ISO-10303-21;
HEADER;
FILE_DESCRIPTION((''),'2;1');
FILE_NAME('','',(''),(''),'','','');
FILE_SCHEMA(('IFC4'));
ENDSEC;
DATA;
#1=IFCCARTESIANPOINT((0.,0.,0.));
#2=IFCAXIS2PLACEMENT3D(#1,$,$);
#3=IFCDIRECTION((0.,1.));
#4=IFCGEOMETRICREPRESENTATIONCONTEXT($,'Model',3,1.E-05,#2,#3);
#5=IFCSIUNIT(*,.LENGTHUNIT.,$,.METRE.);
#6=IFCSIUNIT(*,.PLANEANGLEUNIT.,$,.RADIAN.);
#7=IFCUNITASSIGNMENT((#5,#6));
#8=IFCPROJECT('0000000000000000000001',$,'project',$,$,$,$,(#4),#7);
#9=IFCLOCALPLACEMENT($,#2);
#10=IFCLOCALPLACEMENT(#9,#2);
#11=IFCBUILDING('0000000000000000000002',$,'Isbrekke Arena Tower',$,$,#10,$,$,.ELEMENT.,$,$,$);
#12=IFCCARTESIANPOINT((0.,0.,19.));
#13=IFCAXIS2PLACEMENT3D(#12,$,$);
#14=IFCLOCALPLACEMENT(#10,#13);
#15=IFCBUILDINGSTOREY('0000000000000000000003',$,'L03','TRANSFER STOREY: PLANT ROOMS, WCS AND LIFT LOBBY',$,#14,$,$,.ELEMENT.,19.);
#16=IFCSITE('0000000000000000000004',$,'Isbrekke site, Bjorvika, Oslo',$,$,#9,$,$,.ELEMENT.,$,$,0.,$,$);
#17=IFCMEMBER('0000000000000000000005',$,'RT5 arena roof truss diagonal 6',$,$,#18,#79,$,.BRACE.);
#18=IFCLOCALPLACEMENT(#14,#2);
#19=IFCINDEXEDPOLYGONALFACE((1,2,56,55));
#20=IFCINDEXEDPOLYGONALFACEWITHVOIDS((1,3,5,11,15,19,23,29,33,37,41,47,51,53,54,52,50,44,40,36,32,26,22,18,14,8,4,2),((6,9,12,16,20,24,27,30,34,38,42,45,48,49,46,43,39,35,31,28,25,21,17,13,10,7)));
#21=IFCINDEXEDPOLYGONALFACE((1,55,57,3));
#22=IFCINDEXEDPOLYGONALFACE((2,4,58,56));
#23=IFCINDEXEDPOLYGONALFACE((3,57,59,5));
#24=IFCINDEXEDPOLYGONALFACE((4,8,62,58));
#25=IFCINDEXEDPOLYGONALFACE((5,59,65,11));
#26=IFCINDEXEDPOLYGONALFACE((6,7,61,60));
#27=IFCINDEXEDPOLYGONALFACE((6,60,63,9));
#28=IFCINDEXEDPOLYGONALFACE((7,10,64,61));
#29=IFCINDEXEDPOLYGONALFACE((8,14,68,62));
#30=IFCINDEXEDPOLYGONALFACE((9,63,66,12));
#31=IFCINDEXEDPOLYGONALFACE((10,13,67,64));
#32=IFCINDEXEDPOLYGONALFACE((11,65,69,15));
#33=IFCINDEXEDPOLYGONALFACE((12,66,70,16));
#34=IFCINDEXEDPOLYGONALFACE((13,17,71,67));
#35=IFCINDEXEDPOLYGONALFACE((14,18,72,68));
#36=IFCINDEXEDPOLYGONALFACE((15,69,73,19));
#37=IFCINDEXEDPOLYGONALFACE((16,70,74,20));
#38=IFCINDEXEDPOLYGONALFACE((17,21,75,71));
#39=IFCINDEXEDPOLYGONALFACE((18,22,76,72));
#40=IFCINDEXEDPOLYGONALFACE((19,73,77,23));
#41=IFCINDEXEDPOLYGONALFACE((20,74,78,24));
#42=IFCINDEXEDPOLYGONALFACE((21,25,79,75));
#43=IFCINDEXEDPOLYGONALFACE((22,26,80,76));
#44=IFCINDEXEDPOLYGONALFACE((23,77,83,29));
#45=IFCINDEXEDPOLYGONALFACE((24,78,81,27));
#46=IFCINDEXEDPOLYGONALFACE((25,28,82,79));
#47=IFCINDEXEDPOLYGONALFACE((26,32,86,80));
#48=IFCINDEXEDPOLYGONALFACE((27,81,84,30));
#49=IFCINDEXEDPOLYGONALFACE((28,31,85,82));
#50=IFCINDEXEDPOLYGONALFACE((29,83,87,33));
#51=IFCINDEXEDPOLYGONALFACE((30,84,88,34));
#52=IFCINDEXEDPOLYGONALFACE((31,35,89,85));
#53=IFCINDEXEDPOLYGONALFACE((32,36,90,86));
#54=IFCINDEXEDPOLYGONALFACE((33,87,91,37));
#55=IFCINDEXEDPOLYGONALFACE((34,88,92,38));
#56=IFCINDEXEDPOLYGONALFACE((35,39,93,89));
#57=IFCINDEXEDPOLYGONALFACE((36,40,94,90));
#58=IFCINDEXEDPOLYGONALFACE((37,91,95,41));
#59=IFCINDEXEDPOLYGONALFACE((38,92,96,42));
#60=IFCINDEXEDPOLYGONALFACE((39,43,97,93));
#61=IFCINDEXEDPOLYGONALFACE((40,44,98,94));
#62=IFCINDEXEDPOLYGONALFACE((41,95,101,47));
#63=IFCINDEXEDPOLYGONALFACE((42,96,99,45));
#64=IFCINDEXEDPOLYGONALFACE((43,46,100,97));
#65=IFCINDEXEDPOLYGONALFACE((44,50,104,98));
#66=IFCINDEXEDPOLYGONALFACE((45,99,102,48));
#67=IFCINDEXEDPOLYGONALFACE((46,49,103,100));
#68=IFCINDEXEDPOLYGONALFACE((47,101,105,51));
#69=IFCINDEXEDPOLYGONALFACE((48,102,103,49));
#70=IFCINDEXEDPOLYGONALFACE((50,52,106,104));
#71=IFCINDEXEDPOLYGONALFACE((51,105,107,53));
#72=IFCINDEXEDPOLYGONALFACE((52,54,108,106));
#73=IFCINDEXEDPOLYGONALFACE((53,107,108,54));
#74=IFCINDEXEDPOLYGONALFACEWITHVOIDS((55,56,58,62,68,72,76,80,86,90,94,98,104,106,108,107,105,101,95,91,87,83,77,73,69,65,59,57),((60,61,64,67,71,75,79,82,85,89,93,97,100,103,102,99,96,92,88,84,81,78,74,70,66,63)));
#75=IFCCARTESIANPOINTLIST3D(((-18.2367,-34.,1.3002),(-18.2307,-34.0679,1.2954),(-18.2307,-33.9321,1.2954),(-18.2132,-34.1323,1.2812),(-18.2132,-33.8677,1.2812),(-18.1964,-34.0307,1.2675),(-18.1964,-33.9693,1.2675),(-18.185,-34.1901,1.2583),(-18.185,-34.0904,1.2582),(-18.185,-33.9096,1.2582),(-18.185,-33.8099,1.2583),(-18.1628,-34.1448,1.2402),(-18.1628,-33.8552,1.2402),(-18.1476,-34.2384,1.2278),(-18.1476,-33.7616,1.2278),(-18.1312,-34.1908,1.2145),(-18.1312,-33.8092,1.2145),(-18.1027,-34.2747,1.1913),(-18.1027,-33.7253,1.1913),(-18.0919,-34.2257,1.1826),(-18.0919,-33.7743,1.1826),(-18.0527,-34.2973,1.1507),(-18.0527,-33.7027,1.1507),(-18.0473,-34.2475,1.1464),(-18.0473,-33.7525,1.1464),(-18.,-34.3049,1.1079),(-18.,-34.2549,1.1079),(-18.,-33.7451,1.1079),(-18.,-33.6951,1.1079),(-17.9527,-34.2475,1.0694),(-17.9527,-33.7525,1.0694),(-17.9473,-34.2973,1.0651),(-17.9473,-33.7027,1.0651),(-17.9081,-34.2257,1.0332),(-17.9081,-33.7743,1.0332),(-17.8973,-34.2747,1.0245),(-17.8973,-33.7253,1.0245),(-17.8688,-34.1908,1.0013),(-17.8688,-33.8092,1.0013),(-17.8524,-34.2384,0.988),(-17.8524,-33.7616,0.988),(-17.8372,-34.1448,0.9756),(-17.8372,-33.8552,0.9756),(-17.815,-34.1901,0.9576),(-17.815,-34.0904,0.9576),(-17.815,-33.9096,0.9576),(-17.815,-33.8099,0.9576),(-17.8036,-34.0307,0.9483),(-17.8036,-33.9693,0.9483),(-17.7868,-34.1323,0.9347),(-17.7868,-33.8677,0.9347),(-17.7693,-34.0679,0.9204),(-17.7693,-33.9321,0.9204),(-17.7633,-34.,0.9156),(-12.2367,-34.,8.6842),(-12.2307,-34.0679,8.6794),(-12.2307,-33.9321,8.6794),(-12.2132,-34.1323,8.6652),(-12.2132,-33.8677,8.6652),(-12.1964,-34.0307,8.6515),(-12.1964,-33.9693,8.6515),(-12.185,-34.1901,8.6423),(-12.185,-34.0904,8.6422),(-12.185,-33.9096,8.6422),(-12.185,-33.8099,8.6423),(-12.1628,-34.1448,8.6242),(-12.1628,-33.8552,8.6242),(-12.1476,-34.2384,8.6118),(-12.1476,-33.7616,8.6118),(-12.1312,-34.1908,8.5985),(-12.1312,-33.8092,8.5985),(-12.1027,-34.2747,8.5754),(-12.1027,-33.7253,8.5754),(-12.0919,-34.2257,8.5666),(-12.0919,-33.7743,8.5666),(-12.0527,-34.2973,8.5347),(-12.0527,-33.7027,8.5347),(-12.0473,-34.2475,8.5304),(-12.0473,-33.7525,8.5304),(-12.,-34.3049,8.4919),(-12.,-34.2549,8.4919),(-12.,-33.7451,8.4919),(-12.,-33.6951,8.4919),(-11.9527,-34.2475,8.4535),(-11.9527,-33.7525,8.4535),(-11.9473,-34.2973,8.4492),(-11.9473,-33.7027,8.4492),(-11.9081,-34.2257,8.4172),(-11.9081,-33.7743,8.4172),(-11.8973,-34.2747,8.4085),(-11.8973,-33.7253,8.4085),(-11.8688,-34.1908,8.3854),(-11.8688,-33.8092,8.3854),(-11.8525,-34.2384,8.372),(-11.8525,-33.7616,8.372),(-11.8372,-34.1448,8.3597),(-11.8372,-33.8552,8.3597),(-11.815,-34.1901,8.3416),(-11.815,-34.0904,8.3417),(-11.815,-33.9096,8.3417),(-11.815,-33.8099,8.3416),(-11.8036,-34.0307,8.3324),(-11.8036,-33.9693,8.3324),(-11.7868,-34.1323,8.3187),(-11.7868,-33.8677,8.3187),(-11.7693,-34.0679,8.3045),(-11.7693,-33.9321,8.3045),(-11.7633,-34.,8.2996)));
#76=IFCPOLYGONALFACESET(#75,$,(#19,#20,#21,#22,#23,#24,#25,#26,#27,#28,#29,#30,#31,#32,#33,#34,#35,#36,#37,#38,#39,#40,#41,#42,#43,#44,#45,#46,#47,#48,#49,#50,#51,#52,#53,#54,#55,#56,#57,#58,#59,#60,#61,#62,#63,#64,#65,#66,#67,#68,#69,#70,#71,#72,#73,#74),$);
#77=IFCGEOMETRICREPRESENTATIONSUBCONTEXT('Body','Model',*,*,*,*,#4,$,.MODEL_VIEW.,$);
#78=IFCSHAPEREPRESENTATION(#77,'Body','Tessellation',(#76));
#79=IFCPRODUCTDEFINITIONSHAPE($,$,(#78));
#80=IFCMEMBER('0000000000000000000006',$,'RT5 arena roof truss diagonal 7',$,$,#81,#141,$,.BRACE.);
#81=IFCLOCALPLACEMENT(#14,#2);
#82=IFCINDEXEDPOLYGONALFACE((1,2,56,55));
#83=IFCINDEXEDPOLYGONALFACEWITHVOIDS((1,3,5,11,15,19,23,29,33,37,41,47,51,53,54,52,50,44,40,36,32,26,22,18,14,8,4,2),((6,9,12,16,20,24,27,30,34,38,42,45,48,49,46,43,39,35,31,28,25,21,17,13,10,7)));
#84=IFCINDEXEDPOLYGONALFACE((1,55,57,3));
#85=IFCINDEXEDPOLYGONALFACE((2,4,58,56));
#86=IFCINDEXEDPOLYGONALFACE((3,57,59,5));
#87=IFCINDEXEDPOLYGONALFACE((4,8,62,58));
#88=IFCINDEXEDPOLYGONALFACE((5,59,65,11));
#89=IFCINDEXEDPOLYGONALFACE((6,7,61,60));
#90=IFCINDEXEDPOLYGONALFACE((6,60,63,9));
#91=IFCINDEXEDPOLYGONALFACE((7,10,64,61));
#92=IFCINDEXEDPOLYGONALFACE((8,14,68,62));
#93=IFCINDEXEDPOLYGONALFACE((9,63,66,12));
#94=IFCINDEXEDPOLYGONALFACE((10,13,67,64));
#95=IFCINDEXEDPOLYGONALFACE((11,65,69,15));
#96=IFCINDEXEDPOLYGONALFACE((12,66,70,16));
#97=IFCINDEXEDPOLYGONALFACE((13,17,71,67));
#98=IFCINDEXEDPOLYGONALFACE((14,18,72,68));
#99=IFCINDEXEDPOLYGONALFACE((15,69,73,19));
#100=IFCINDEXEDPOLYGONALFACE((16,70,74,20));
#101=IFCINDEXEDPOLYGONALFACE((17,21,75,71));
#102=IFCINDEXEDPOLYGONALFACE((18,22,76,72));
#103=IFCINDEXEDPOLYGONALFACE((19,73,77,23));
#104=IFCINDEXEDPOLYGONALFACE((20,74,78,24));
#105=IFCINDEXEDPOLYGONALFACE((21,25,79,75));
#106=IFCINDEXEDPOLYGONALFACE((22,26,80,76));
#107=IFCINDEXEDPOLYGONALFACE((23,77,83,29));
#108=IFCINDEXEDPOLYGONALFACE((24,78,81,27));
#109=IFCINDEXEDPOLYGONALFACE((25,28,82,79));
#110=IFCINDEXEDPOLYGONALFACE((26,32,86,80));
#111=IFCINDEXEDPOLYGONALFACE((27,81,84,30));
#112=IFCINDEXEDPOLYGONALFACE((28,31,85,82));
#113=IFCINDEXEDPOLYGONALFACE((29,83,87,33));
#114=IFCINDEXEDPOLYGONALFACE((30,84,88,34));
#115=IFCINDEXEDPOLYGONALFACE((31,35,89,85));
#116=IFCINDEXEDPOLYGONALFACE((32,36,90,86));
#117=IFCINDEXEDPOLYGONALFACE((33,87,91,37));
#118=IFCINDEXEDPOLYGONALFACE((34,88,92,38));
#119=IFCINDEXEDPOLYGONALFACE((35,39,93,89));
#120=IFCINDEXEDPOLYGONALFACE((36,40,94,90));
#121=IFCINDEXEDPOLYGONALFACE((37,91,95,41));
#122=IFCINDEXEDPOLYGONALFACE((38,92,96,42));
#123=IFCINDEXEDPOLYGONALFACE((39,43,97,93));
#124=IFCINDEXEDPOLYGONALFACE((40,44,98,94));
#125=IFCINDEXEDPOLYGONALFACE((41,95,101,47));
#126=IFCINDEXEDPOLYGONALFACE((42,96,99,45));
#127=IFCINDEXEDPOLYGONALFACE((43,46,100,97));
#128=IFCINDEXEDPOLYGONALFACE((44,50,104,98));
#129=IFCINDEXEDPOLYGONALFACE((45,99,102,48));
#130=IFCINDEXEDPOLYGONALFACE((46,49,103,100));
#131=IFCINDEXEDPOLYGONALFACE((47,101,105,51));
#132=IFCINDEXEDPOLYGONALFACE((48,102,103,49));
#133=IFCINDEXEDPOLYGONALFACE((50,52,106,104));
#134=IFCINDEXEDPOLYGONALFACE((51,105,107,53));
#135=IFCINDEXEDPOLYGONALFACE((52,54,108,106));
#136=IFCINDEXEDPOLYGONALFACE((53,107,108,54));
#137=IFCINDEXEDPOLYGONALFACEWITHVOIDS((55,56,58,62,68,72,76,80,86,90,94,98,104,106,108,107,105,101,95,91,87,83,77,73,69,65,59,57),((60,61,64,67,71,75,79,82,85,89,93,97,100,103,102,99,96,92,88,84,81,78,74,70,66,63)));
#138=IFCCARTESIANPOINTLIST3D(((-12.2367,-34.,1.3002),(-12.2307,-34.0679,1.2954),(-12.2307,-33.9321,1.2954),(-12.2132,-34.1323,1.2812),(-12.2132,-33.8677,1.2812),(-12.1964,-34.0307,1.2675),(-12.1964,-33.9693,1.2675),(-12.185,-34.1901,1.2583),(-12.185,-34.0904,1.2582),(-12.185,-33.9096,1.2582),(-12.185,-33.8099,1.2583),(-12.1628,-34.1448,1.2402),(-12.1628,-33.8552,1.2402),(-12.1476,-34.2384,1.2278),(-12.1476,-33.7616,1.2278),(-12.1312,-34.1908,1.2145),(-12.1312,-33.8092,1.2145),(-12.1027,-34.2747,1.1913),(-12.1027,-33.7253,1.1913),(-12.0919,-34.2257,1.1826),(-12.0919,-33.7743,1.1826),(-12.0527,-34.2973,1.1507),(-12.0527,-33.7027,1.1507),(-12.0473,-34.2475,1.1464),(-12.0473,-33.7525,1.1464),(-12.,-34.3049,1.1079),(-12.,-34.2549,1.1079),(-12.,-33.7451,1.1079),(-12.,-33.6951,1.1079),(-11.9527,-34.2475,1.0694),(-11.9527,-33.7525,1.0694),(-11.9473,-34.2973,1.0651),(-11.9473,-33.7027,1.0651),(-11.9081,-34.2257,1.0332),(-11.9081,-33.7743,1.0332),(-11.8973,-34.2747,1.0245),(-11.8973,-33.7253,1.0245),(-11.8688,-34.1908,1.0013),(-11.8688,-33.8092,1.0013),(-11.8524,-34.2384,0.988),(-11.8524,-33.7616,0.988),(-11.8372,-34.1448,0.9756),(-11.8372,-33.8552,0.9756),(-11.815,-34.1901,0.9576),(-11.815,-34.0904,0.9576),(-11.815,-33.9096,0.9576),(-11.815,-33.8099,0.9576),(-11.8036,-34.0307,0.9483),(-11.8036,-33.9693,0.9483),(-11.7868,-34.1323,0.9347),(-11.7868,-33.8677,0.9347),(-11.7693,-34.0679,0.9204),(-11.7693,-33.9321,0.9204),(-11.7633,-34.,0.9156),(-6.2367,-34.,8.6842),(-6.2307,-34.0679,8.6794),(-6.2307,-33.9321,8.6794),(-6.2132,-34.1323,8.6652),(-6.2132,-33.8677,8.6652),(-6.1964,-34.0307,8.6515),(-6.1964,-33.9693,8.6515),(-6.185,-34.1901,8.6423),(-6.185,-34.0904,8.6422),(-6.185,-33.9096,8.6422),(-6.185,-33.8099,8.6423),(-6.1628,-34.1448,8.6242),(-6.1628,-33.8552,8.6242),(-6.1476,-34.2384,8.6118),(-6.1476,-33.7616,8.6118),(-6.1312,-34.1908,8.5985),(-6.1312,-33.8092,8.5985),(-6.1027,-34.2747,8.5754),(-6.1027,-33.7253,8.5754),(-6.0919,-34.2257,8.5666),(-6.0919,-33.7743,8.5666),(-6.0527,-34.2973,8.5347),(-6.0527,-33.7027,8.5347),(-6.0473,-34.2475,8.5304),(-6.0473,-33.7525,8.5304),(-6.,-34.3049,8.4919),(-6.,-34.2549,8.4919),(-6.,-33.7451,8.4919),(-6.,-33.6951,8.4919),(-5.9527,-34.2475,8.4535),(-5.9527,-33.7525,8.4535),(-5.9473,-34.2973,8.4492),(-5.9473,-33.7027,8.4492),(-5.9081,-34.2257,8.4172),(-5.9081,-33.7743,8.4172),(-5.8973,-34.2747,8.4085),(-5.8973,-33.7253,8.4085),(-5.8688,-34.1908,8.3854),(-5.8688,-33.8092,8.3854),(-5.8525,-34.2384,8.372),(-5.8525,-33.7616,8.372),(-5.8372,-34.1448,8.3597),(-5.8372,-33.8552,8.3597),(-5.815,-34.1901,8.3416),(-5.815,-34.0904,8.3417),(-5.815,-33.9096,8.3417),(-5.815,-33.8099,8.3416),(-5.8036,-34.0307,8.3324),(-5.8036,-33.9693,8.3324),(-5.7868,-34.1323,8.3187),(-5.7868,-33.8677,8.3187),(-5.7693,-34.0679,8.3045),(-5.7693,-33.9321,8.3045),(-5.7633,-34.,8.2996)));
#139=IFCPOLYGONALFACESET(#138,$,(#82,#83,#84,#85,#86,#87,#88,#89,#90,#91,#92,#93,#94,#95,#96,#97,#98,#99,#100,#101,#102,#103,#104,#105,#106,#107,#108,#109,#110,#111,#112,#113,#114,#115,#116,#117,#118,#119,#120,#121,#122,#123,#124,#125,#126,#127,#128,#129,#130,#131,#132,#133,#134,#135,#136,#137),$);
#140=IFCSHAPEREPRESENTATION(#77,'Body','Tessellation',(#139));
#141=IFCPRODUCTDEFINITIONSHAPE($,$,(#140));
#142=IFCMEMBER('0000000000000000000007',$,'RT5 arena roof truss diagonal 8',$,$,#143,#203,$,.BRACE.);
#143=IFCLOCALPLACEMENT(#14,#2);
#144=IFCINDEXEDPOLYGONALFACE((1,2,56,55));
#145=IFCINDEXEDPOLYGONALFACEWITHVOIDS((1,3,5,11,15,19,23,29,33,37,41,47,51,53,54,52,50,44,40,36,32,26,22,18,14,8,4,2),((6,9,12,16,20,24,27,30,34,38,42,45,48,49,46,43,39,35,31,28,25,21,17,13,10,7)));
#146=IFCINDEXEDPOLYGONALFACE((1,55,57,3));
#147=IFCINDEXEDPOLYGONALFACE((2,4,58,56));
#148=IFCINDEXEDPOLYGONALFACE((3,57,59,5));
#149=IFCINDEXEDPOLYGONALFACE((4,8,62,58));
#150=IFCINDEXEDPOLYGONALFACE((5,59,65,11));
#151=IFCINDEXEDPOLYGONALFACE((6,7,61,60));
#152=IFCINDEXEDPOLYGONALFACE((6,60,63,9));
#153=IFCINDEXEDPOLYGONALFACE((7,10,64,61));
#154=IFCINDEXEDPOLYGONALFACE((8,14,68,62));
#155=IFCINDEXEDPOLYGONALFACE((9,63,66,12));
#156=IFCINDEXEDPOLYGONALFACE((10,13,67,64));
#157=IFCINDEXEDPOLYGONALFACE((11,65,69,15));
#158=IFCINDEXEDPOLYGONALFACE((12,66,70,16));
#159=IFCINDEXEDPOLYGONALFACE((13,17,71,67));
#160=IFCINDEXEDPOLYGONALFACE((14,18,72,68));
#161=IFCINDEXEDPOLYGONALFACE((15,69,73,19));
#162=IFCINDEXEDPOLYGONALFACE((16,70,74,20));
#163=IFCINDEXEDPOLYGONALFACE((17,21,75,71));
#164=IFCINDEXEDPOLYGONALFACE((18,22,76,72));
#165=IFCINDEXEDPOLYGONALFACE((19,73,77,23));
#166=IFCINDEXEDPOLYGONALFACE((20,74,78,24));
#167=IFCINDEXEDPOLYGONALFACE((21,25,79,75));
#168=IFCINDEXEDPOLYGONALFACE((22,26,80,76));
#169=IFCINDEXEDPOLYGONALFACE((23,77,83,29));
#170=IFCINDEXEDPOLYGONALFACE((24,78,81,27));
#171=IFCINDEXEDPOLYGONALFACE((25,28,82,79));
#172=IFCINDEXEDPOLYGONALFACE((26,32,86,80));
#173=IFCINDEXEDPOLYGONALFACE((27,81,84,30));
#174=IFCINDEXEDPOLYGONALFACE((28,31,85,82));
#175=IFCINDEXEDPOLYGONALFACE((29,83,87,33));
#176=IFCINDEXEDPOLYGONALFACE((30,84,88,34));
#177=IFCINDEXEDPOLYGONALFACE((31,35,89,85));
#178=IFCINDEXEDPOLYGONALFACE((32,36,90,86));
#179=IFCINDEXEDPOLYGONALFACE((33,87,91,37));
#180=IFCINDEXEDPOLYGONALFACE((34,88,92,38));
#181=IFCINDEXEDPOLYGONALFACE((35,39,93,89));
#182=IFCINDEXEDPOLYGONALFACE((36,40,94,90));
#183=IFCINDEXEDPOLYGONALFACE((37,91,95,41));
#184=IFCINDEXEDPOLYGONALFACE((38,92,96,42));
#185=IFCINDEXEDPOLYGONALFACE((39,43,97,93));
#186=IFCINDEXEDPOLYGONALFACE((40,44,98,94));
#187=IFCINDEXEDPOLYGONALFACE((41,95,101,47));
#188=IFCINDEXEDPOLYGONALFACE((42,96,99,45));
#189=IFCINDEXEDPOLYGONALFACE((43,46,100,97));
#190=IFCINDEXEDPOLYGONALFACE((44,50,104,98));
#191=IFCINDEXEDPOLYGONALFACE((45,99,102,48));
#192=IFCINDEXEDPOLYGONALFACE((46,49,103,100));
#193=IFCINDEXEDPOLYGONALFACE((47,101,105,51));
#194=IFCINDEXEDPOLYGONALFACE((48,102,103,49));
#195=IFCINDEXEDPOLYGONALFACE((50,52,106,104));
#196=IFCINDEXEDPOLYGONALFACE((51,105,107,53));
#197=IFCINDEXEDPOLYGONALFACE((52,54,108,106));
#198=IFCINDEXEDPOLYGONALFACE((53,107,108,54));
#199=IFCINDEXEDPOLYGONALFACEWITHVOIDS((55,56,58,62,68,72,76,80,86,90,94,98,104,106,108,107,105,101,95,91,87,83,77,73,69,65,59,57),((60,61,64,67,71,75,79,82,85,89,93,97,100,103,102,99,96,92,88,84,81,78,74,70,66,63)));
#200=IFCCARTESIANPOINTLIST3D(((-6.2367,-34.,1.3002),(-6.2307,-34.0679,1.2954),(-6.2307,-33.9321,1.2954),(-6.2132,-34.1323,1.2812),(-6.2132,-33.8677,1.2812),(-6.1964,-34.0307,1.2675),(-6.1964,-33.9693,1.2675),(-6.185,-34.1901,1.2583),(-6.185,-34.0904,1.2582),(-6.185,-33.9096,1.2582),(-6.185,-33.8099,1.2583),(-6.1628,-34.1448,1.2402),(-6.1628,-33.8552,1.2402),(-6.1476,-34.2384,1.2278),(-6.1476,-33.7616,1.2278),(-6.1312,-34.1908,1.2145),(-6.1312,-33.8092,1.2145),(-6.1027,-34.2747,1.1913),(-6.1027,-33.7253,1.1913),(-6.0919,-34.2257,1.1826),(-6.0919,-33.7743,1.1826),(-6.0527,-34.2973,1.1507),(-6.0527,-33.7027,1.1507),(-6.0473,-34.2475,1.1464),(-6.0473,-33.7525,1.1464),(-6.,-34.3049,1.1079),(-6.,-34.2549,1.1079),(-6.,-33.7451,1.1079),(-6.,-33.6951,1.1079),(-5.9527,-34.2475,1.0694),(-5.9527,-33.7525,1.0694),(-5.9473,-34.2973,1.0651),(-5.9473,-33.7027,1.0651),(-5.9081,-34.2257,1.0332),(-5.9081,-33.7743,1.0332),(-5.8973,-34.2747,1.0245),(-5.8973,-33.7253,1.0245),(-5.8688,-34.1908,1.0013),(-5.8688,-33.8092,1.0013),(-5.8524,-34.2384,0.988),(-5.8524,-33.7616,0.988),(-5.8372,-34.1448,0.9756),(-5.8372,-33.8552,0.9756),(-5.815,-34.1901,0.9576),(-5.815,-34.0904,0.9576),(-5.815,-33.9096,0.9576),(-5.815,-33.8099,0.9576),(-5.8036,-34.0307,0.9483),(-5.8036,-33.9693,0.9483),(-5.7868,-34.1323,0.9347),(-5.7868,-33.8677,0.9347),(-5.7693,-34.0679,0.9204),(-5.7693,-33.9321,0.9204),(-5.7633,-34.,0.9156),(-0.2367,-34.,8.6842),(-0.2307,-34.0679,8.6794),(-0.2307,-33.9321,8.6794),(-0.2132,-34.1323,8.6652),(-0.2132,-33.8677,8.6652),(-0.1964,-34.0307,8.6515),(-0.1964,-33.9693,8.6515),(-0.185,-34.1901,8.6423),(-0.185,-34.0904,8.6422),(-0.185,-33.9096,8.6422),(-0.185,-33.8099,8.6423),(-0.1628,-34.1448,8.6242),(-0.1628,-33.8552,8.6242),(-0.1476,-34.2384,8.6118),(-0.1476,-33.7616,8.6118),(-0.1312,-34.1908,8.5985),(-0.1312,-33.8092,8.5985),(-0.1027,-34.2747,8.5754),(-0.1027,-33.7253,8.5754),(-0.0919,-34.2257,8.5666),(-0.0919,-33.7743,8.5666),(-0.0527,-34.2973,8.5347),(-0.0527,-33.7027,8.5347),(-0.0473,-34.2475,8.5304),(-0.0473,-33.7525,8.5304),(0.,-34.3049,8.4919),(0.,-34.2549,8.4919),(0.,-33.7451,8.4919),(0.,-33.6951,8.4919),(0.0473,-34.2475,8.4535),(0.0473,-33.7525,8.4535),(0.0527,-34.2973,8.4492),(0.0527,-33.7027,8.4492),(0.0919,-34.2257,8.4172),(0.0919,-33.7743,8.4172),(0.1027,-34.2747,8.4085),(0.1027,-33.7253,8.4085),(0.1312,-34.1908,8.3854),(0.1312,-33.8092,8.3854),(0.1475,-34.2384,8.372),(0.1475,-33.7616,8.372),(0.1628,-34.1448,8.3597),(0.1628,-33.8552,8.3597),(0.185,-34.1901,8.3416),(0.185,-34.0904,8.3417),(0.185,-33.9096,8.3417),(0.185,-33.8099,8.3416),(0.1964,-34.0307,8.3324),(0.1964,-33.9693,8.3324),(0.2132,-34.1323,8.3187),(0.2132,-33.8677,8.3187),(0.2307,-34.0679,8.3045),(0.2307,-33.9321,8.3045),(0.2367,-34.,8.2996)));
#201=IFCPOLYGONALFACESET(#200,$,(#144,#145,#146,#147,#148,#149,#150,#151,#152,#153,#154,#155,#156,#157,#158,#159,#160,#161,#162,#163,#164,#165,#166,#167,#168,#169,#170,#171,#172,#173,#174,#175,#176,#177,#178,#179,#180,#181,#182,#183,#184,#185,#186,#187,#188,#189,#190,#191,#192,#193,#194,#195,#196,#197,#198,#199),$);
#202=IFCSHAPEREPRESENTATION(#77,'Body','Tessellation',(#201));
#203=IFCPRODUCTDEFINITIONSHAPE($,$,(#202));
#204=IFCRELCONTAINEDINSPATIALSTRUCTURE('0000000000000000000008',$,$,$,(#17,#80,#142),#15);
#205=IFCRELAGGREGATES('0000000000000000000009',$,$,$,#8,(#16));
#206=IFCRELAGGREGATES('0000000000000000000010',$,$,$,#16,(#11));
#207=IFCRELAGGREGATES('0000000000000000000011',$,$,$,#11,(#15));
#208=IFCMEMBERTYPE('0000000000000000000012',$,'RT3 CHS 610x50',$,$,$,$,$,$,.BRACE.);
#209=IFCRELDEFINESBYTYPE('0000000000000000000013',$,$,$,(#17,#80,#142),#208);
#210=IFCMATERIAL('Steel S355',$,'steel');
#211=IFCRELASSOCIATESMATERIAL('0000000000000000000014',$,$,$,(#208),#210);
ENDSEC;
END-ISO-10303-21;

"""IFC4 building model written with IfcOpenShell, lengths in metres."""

from ifc_helpers import new_model, si_unit, direction, frame, origin, origin_2d, place, context, subcontext, project, spatial, hollow_circle, extrude, material, material_profile, profile_set, type_object, element, save


model = new_model("IFC4")

# Units and contexts
model_context = context("Model", 3, precision=1e-05, world=origin(), true_north=direction((0.0, 1.0)))
body_context = subcontext(model_context, "Body", "Model", "MODEL_VIEW")
ifc_project = project(units=[si_unit("LENGTHUNIT", "METRE"), si_unit("PLANEANGLEUNIT", "RADIAN")], contexts=[model_context])

# Site, building, storey
site_placement = place(None, origin())
site = spatial("IfcSite", under=ifc_project, at=site_placement, Name="Isbrekke site, Bjorvika, Oslo", CompositionType="ELEMENT", RefElevation=0.0)
building_placement = place(site_placement, origin())
building = spatial("IfcBuilding", under=site, at=building_placement, Name="Isbrekke Arena Tower", CompositionType="ELEMENT")
storey_placement = place(building_placement, frame((0.0, 0.0, 19.0)))
storey = spatial("IfcBuildingStorey", under=building, at=storey_placement, Name="L03", Description="TRANSFER STOREY: PLANT ROOMS, WCS AND LIFT LOBBY", CompositionType="ELEMENT", Elevation=19.0)

# Members
ifc_material_1 = material(Name="Steel S355", Category="steel")
ifc_material_profile_1 = material_profile(ifc_material_1, hollow_circle(Radius=0.3049, WallThickness=0.05, at=origin_2d()), Name="CHS 610x50")
ifc_profile_set_1 = profile_set([ifc_material_profile_1], Name="Steel S355")
member_type_1 = type_object("IfcMemberType", Name="RT3 CHS 610x50", PredefinedType="BRACE", material=ifc_profile_set_1)
for number, where, z_axis, x_axis, name in (
    (1, (-18.0, -34.0, 1.1079), (0.630623, 0.0, 0.77609), (0.0, 1.0, 0.0), "RT5 arena roof truss diagonal 6"),
    (2, (-12.0, -34.0, 1.1079), (0.630623, 0.0, 0.77609), (0.0, 1.0, 0.0), "RT5 arena roof truss diagonal 7"),
    (3, (-6.0, -34.0, 1.1079), (0.630623, 0.0, 0.77609), (0.0, 1.0, 0.0), "RT5 arena roof truss diagonal 8"),
):
    element("IfcMember", number, at=place(storey_placement, frame(where, z_axis=z_axis, x_axis=x_axis)), inside=storey, type_object=member_type_1, Name=name, PredefinedType="BRACE", context=body_context, shape_type="SweptSolid", body=[
        extrude(hollow_circle(Radius=0.3049, WallThickness=0.05, at=origin_2d()), origin(), (0.0, 0.0, 1.0), 9.5144),
    ])

save(model, "model.ifc")
